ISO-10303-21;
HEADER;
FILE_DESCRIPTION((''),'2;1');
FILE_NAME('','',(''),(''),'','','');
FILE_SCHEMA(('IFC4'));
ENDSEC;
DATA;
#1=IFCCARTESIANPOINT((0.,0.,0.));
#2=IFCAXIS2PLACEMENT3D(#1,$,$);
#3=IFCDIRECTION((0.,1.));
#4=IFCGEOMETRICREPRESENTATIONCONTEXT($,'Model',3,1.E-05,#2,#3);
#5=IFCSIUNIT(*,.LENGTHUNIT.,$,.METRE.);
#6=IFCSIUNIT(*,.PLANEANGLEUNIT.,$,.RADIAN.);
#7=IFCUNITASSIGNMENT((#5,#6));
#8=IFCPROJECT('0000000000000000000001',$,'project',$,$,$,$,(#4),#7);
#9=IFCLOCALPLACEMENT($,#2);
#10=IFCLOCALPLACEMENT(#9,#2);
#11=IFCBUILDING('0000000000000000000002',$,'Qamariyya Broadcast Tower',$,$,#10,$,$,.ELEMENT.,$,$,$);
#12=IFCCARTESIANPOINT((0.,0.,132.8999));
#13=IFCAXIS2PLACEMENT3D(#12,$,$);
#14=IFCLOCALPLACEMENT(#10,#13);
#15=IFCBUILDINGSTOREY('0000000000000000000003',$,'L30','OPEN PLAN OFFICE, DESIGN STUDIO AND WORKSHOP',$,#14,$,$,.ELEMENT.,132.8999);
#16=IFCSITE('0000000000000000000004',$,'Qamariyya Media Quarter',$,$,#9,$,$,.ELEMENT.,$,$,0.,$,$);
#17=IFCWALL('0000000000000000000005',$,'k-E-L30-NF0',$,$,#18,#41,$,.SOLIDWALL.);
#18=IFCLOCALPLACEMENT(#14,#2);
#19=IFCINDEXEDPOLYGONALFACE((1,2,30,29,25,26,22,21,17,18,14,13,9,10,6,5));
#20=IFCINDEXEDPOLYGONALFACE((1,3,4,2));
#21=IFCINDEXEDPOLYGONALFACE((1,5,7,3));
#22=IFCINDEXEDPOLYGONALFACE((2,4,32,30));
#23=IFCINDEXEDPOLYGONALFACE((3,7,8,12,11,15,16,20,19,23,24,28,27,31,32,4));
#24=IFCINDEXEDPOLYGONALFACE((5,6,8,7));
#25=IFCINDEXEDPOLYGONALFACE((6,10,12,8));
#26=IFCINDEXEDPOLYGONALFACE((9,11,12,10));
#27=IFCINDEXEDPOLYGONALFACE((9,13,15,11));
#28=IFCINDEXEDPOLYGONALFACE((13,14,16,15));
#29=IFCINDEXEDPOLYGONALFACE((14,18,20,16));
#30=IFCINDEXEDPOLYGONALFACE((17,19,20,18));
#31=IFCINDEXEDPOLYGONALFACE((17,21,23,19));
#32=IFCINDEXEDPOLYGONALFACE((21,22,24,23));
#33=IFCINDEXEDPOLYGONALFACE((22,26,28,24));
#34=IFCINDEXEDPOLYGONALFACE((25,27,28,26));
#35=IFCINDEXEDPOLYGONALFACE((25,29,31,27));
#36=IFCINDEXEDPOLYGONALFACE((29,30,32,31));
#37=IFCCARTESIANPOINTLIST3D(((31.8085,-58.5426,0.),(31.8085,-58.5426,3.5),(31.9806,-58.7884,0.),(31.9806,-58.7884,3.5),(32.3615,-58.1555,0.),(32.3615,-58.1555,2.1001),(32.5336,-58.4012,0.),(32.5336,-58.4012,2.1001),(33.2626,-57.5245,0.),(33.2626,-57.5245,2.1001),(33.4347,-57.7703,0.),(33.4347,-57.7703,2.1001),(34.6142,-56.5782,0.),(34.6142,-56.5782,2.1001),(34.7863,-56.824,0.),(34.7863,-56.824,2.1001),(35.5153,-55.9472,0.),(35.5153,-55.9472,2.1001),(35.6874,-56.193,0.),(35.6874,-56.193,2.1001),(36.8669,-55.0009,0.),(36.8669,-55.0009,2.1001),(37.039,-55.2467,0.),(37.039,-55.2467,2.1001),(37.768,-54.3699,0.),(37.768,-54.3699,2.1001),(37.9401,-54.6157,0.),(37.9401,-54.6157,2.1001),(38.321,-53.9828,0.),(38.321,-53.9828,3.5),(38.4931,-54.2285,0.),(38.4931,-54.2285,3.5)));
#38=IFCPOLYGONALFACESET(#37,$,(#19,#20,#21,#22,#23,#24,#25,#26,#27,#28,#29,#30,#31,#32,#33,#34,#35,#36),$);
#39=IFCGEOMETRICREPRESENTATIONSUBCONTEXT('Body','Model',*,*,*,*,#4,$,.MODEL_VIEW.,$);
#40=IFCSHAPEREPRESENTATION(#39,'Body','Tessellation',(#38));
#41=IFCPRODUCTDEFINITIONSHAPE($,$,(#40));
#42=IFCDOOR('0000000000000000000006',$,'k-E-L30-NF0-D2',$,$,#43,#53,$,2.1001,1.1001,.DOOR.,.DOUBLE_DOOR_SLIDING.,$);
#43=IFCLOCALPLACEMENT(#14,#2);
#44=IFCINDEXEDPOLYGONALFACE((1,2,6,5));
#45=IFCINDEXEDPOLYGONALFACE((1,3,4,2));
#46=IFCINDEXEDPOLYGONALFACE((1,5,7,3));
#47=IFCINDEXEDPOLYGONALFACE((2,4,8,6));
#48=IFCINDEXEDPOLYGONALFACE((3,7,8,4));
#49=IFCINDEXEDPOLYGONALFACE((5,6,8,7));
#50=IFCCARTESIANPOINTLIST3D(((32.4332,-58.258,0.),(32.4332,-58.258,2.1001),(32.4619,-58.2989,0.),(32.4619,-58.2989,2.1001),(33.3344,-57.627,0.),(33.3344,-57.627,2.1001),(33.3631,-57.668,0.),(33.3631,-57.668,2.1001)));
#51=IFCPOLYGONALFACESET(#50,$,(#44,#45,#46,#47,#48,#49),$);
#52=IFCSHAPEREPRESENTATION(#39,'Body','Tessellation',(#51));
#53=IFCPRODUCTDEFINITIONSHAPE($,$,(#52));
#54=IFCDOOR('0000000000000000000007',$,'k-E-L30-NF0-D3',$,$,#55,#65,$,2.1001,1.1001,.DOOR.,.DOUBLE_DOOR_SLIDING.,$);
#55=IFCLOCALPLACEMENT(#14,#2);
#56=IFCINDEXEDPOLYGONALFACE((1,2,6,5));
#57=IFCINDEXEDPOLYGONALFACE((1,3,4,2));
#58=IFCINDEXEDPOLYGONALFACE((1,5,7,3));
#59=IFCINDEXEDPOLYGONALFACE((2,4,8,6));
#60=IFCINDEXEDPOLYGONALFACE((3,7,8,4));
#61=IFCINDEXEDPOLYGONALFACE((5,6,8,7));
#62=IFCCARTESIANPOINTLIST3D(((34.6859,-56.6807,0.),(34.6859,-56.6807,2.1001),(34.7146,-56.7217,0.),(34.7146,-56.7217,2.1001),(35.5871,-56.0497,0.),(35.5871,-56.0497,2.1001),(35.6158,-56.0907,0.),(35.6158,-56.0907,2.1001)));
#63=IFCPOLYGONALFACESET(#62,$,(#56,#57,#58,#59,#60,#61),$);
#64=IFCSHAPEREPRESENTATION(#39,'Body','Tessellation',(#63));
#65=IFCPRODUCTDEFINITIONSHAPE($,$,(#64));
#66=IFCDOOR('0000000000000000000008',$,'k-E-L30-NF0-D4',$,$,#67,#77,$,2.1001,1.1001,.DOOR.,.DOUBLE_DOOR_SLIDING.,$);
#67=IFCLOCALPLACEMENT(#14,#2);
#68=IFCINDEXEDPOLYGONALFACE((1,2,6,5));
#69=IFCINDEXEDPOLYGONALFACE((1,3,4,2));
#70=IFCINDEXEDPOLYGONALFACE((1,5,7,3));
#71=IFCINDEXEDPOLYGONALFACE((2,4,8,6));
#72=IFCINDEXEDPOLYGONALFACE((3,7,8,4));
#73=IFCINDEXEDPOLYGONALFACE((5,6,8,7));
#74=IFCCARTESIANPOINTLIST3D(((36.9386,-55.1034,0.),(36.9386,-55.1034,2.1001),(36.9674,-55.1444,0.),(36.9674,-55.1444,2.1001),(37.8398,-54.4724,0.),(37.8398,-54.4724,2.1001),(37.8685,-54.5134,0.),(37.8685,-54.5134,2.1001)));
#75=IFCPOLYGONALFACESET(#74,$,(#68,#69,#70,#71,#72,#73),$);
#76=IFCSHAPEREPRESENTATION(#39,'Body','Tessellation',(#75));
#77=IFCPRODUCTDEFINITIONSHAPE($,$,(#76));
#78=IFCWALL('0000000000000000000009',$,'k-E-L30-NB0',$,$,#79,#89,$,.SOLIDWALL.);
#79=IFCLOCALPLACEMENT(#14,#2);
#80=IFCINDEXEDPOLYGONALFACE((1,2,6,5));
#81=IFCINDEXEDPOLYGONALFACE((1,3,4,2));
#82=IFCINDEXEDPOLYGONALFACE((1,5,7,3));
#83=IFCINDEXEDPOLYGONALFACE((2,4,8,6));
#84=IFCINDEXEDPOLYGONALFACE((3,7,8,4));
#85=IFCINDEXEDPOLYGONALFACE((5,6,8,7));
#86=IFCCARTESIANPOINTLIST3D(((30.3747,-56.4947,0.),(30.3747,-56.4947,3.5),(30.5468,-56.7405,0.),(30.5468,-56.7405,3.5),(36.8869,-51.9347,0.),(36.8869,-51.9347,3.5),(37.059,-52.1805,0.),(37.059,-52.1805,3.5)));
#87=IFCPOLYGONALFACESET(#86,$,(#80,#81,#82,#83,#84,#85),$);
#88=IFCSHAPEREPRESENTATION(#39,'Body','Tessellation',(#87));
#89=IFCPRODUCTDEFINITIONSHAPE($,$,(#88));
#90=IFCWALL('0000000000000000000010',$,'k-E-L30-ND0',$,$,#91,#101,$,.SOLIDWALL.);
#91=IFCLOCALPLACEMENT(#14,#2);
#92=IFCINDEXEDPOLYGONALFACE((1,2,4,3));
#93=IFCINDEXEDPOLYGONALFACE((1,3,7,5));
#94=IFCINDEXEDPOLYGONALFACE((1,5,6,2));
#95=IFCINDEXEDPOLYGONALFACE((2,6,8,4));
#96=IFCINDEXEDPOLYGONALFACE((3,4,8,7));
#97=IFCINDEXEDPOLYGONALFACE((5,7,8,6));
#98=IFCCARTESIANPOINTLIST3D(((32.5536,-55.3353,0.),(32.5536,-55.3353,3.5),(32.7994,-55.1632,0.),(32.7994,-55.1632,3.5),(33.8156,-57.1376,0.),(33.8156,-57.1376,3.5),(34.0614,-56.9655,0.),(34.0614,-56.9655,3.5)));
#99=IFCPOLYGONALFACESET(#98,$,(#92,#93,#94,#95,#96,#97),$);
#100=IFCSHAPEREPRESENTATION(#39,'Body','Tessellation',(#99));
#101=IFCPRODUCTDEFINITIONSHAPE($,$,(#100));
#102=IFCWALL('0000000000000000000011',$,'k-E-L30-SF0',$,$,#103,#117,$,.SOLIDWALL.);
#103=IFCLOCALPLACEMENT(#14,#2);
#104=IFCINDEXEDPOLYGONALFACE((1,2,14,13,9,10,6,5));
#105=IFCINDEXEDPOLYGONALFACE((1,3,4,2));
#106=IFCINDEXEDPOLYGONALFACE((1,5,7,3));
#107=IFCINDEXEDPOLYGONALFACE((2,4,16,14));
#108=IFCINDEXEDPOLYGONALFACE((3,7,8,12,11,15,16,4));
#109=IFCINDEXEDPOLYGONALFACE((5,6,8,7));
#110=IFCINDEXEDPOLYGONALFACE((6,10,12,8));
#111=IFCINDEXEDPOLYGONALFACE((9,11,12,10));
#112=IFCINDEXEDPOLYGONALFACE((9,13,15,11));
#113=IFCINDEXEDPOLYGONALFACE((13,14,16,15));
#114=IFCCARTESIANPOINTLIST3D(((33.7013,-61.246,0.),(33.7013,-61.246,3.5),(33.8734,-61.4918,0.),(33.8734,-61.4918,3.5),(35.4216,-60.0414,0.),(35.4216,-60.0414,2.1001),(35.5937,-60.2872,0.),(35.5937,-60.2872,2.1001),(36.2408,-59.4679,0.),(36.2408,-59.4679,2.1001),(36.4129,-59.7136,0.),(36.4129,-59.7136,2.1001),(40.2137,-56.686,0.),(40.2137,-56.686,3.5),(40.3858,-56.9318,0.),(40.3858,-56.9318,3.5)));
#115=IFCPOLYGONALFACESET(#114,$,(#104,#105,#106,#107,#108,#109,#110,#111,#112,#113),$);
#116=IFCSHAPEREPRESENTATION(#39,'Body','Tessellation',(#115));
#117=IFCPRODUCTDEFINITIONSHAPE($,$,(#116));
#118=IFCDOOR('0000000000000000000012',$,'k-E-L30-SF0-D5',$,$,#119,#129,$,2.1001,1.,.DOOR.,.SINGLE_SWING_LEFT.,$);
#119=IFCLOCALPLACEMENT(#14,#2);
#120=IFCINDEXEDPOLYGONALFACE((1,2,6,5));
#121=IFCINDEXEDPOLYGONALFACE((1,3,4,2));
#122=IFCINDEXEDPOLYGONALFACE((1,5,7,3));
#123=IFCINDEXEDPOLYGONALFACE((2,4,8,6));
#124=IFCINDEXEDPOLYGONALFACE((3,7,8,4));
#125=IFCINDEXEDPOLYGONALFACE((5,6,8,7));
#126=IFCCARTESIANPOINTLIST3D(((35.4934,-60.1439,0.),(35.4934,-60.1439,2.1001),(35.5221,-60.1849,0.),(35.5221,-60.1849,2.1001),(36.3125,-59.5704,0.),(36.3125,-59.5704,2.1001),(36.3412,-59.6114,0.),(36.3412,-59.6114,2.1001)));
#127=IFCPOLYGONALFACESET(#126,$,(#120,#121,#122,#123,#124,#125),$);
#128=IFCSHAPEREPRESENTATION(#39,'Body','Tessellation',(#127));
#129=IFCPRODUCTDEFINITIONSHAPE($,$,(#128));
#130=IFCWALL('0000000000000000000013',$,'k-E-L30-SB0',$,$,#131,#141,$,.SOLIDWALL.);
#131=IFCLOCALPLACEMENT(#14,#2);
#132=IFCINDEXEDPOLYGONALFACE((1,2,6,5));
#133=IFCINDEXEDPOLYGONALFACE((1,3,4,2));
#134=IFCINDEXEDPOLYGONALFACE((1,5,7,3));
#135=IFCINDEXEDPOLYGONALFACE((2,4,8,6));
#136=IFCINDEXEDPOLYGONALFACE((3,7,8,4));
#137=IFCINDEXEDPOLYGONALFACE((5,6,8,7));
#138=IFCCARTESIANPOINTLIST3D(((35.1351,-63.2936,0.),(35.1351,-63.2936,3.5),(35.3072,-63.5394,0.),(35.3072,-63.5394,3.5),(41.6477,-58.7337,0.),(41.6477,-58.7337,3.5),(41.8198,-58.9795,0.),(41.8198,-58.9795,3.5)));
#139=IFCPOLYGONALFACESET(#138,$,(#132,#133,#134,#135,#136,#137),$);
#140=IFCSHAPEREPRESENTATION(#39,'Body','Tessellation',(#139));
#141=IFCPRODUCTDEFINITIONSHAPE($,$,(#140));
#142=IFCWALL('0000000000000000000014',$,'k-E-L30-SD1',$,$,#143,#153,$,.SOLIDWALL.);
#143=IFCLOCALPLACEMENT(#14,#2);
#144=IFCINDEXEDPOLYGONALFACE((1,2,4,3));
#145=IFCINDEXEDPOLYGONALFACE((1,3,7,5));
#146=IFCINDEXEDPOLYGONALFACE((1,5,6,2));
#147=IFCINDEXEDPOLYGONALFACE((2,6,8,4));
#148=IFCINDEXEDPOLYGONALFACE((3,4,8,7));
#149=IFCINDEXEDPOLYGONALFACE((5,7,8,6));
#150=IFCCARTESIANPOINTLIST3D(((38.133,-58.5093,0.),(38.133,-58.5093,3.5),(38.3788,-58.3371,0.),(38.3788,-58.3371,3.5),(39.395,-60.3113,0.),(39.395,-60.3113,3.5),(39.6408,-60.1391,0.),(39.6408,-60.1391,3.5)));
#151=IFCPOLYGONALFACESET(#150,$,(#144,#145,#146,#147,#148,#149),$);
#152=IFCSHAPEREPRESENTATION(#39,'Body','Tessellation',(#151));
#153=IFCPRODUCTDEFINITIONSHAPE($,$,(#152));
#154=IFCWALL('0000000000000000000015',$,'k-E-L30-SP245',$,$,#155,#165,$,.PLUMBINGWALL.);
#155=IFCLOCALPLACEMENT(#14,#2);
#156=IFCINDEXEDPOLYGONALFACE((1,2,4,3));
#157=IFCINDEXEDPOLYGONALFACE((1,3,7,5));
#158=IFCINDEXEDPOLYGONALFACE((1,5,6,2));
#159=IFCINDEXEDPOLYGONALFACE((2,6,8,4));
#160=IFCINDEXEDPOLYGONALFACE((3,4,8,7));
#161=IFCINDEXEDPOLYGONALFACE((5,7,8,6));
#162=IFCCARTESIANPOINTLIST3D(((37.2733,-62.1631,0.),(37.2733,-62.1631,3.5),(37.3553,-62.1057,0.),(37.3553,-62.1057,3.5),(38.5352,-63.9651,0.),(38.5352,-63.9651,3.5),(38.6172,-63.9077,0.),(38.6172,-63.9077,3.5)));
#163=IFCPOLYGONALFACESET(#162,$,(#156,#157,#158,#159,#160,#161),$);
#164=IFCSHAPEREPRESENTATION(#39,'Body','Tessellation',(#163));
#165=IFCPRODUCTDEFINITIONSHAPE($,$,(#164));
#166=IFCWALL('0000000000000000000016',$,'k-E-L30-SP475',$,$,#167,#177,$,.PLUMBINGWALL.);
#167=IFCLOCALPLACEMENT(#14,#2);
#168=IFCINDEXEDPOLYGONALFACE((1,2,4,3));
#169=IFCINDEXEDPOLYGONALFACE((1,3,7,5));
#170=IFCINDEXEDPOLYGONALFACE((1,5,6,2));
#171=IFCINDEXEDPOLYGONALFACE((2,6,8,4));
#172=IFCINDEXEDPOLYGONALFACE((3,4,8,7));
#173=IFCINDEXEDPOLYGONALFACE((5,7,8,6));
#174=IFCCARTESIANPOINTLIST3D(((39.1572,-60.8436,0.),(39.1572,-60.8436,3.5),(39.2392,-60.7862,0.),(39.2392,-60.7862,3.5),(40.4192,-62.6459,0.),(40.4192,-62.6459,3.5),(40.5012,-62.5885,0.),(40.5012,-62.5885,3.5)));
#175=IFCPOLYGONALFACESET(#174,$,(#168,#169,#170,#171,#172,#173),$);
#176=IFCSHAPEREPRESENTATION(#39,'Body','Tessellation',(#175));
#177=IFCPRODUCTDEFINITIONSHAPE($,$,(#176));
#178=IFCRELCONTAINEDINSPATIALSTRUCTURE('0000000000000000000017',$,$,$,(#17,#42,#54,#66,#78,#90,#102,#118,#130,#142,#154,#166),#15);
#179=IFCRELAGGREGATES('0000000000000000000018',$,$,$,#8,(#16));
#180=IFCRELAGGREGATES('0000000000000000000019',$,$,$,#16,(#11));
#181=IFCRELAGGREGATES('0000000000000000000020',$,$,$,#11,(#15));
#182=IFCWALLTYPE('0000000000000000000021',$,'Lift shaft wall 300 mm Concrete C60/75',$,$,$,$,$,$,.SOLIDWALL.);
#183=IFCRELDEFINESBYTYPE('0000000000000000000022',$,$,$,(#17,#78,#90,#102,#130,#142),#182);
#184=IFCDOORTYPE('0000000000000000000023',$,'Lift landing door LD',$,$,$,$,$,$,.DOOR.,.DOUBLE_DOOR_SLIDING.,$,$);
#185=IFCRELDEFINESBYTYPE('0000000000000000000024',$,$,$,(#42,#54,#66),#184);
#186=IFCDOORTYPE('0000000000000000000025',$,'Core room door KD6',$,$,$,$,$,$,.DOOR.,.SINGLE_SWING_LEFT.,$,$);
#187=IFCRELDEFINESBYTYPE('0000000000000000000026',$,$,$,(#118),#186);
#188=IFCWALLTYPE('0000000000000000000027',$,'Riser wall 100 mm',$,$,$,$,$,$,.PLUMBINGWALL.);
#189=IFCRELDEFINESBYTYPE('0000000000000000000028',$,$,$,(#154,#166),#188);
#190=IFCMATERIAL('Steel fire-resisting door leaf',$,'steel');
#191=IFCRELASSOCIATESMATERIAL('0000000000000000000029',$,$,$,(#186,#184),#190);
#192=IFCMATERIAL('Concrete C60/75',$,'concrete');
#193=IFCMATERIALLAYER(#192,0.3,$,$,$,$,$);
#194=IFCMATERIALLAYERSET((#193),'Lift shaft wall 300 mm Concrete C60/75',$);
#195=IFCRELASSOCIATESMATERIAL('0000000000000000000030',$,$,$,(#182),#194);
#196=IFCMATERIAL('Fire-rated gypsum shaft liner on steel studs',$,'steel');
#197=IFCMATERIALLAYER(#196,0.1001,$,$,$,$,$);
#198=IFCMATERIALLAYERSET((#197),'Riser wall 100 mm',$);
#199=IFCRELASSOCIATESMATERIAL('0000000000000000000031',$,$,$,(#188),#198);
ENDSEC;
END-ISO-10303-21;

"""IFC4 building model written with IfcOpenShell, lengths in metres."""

from ifc_helpers import new_model, si_unit, direction, frame, frame_2d, origin, place, context, subcontext, project, spatial, rectangle, extrude, material, layer, layer_set, type_object, element, fill, save


model = new_model("IFC4")

# Units and contexts
model_context = context("Model", 3, precision=1e-05, world=origin(), true_north=direction((0.0, 1.0)))
body_context = subcontext(model_context, "Body", "Model", "MODEL_VIEW")
ifc_project = project(units=[si_unit("LENGTHUNIT", "METRE"), si_unit("PLANEANGLEUNIT", "RADIAN")], contexts=[model_context])

# Site, building, storey
site_placement = place(None, origin())
site = spatial("IfcSite", under=ifc_project, at=site_placement, Name="Qamariyya Media Quarter", CompositionType="ELEMENT", RefElevation=0.0)
building_placement = place(site_placement, origin())
building = spatial("IfcBuilding", under=site, at=building_placement, Name="Qamariyya Broadcast Tower", CompositionType="ELEMENT")
storey_placement = place(building_placement, frame((0.0, 0.0, 132.8999)))
storey = spatial("IfcBuildingStorey", under=building, at=storey_placement, Name="L30", Description="OPEN PLAN OFFICE, DESIGN STUDIO AND WORKSHOP", CompositionType="ELEMENT", Elevation=132.8999)

# Shared definitions
ifc_material_1 = material(Name="Steel fire-resisting door leaf", Category="steel")

# Wall, openings, doors
door_type_1 = type_object("IfcDoorType", Name="Core room door KD6", OperationType="SINGLE_SWING_LEFT", PredefinedType="DOOR", material=ifc_material_1)
ifc_material_2 = material(Name="Concrete C60/75", Category="concrete")
ifc_layer_1 = layer(ifc_material_2, 0.3)
ifc_layer_set_1 = layer_set([ifc_layer_1], Name="Lift shaft wall 300 mm Concrete C60/75")
wall_type_1 = type_object("IfcWallType", Name="Lift shaft wall 300 mm Concrete C60/75", PredefinedType="SOLIDWALL", material=ifc_layer_set_1)
wall_1_placement = place(storey_placement, frame((31.8945, -58.6655, 0.0), z_axis=(0.0, 0.0, 1.0), x_axis=(0.819167, 0.573555, 0.0)))
wall_1 = element("IfcWall", 1, at=wall_1_placement, inside=storey, type_object=wall_type_1, Name="k-E-L30-NF0", PredefinedType="SOLIDWALL", context=body_context, shape_type="SweptSolid", body=[
    extrude(rectangle(XDim=7.9502, YDim=0.3, at=frame_2d((3.9751, 0.0))), origin(), (0.0, 0.0, 1.0), 3.5),
])
opening_1_placement = place(wall_1_placement, frame((0.675, 0.0, 0.0)))
opening_1 = element("IfcOpeningElement", 2, at=opening_1_placement, cuts=wall_1, PredefinedType="OPENING", context=body_context, shape_type="SweptSolid", body=[
    extrude(rectangle(XDim=1.1001, YDim=2.1001, at=frame_2d((0.55, 1.05))), frame((0.0, 0.1599, 0.0), z_axis=(0.0, -1.0, 0.0), x_axis=(1.0, 0.0, 0.0)), (0.0, 0.0, 1.0), 0.3201),
])
opening_2_placement = place(wall_1_placement, frame((3.425, 0.0, 0.0)))
opening_2 = element("IfcOpeningElement", 3, at=opening_2_placement, cuts=wall_1, PredefinedType="OPENING", context=body_context, shape_type="SweptSolid", body=[
    extrude(rectangle(XDim=1.1001, YDim=2.1001, at=frame_2d((0.55, 1.05))), frame((0.0, 0.1599, 0.0), z_axis=(0.0, -1.0, 0.0), x_axis=(1.0, 0.0, 0.0)), (0.0, 0.0, 1.0), 0.3201),
])
opening_3_placement = place(wall_1_placement, frame((6.175, 0.0, 0.0)))
opening_3 = element("IfcOpeningElement", 4, at=opening_3_placement, cuts=wall_1, PredefinedType="OPENING", context=body_context, shape_type="SweptSolid", body=[
    extrude(rectangle(XDim=1.1001, YDim=2.1001, at=frame_2d((0.55, 1.05))), frame((0.0, 0.1599, 0.0), z_axis=(0.0, -1.0, 0.0), x_axis=(1.0, 0.0, 0.0)), (0.0, 0.0, 1.0), 0.3201),
])
door_type_2 = type_object("IfcDoorType", Name="Lift landing door LD", OperationType="DOUBLE_DOOR_SLIDING", PredefinedType="DOOR", material=ifc_material_1)
door_1_placement = place(opening_1_placement, origin())
door_1 = element("IfcDoor", 5, at=door_1_placement, inside=storey, type_object=door_type_2, Name="k-E-L30-NF0-D2", OperationType="DOUBLE_DOOR_SLIDING", OverallHeight=2.1001, OverallWidth=1.1001, PredefinedType="DOOR", context=body_context, shape_type="SweptSolid", body=[
    extrude(rectangle(XDim=1.1001, YDim=2.1001, at=frame_2d((0.55, 1.05))), frame((0.0, 0.0249, 0.0), z_axis=(0.0, -1.0, 0.0), x_axis=(1.0, 0.0, 0.0)), (0.0, 0.0, 1.0), 0.05),
])
fill(opening_1, door_1)
door_2_placement = place(opening_2_placement, origin())
door_2 = element("IfcDoor", 6, at=door_2_placement, inside=storey, type_object=door_type_2, Name="k-E-L30-NF0-D3", OperationType="DOUBLE_DOOR_SLIDING", OverallHeight=2.1001, OverallWidth=1.1001, PredefinedType="DOOR", context=body_context, shape_type="SweptSolid", body=[
    extrude(rectangle(XDim=1.1001, YDim=2.1001, at=frame_2d((0.55, 1.05))), frame((0.0, 0.0249, 0.0), z_axis=(0.0, -1.0, 0.0), x_axis=(1.0, 0.0, 0.0)), (0.0, 0.0, 1.0), 0.05),
])
fill(opening_2, door_2)
door_3_placement = place(opening_3_placement, origin())
door_3 = element("IfcDoor", 7, at=door_3_placement, inside=storey, type_object=door_type_2, Name="k-E-L30-NF0-D4", OperationType="DOUBLE_DOOR_SLIDING", OverallHeight=2.1001, OverallWidth=1.1001, PredefinedType="DOOR", context=body_context, shape_type="SweptSolid", body=[
    extrude(rectangle(XDim=1.1001, YDim=2.1001, at=frame_2d((0.55, 1.05))), frame((0.0, 0.0249, 0.0), z_axis=(0.0, -1.0, 0.0), x_axis=(1.0, 0.0, 0.0)), (0.0, 0.0, 1.0), 0.05),
])
fill(opening_3, door_3)

# Walls
wall_2_placement = place(storey_placement, frame((30.4607, -56.6177, 0.0), z_axis=(0.0, 0.0, 1.0), x_axis=(0.819142, 0.57359, 0.0)))
element("IfcWall", 8, at=wall_2_placement, inside=storey, type_object=wall_type_1, Name="k-E-L30-NB0", PredefinedType="SOLIDWALL", context=body_context, shape_type="SweptSolid", body=[
    extrude(rectangle(XDim=7.95, YDim=0.3, at=frame_2d((3.9751, 0.0))), origin(), (0.0, 0.0, 1.0), 3.5),
])
wall_3_placement = place(storey_placement, frame((33.9385, -57.0515, 0.0), z_axis=(0.0, 0.0, 1.0), x_axis=(-0.573581, 0.819149, 0.0)))
element("IfcWall", 9, at=wall_3_placement, inside=storey, type_object=wall_type_1, Name="k-E-L30-ND0", PredefinedType="SOLIDWALL", context=body_context, shape_type="SweptSolid", body=[
    extrude(rectangle(XDim=2.2002, YDim=0.3, at=frame_2d((1.1001, 0.0))), origin(), (0.0, 0.0, 1.0), 3.5),
])

# Wall, opening, door
wall_4_placement = place(storey_placement, frame((33.7874, -61.3689, 0.0), z_axis=(0.0, 0.0, 1.0), x_axis=(0.819153, 0.573576, 0.0)))
wall_4 = element("IfcWall", 10, at=wall_4_placement, inside=storey, type_object=wall_type_1, Name="k-E-L30-SF0", PredefinedType="SOLIDWALL", context=body_context, shape_type="SweptSolid", body=[
    extrude(rectangle(XDim=7.9502, YDim=0.3, at=frame_2d((3.9751, 0.0))), origin(), (0.0, 0.0, 1.0), 3.5),
])
opening_4_placement = place(wall_4_placement, frame((2.1001, 0.0, 0.0)))
opening_4 = element("IfcOpeningElement", 11, at=opening_4_placement, cuts=wall_4, PredefinedType="OPENING", context=body_context, shape_type="SweptSolid", body=[
    extrude(rectangle(XDim=1.0, YDim=2.1001, at=frame_2d((0.5, 1.05))), frame((0.0, 0.1599, 0.0), z_axis=(0.0, -1.0, 0.0), x_axis=(1.0, 0.0, 0.0)), (0.0, 0.0, 1.0), 0.3201),
])
door_4_placement = place(opening_4_placement, origin())
door_4 = element("IfcDoor", 12, at=door_4_placement, inside=storey, type_object=door_type_1, Name="k-E-L30-SF0-D5", OperationType="SINGLE_SWING_LEFT", OverallHeight=2.1001, OverallWidth=1.0, PredefinedType="DOOR", context=body_context, shape_type="SweptSolid", body=[
    extrude(rectangle(XDim=1.0, YDim=2.1001, at=frame_2d((0.5, 1.05))), frame((0.0, 0.0249, 0.0), z_axis=(0.0, -1.0, 0.0), x_axis=(1.0, 0.0, 0.0)), (0.0, 0.0, 1.0), 0.05),
])
fill(opening_4, door_4)

# Walls
wall_5_placement = place(storey_placement, frame((35.2212, -63.4165, 0.0), z_axis=(0.0, 0.0, 1.0), x_axis=(0.819167, 0.573555, 0.0)))
element("IfcWall", 13, at=wall_5_placement, inside=storey, type_object=wall_type_1, Name="k-E-L30-SB0", PredefinedType="SOLIDWALL", context=body_context, shape_type="SweptSolid", body=[
    extrude(rectangle(XDim=7.9502, YDim=0.3, at=frame_2d((3.9751, 0.0))), origin(), (0.0, 0.0, 1.0), 3.5),
])
wall_6_placement = place(storey_placement, frame((38.2559, -58.4231, 0.0), z_axis=(0.0, 0.0, 1.0), x_axis=(0.573634, -0.819112, 0.0)))
element("IfcWall", 14, at=wall_6_placement, inside=storey, type_object=wall_type_1, Name="k-E-L30-SD1", PredefinedType="SOLIDWALL", context=body_context, shape_type="SweptSolid", body=[
    extrude(rectangle(XDim=2.2, YDim=0.3, at=frame_2d((1.1001, 0.0))), origin(), (0.0, 0.0, 1.0), 3.5),
])
ifc_material_3 = material(Name="Fire-rated gypsum shaft liner on steel studs", Category="steel")
ifc_layer_2 = layer(ifc_material_3, 0.1001)
ifc_layer_set_2 = layer_set([ifc_layer_2], Name="Riser wall 100 mm")
wall_type_2 = type_object("IfcWallType", Name="Riser wall 100 mm", PredefinedType="PLUMBINGWALL", material=ifc_layer_set_2)
wall_7_placement = place(storey_placement, frame((37.3142, -62.1343, 0.0), z_axis=(0.0, 0.0, 1.0), x_axis=(0.573634, -0.819112, 0.0)))
element("IfcWall", 15, at=wall_7_placement, inside=storey, type_object=wall_type_2, Name="k-E-L30-SP245", PredefinedType="PLUMBINGWALL", context=body_context, shape_type="SweptSolid", body=[
    extrude(rectangle(XDim=2.2, YDim=0.1001, at=frame_2d((1.1001, 0.0))), origin(), (0.0, 0.0, 1.0), 3.5),
])
wall_8_placement = place(storey_placement, frame((39.1982, -60.8149, 0.0), z_axis=(0.0, 0.0, 1.0), x_axis=(0.573581, -0.819149, 0.0)))
element("IfcWall", 16, at=wall_8_placement, inside=storey, type_object=wall_type_2, Name="k-E-L30-SP475", PredefinedType="PLUMBINGWALL", context=body_context, shape_type="SweptSolid", body=[
    extrude(rectangle(XDim=2.2002, YDim=0.1001, at=frame_2d((1.1001, 0.0))), origin(), (0.0, 0.0, 1.0), 3.5),
])

save(model, "model.ifc")
